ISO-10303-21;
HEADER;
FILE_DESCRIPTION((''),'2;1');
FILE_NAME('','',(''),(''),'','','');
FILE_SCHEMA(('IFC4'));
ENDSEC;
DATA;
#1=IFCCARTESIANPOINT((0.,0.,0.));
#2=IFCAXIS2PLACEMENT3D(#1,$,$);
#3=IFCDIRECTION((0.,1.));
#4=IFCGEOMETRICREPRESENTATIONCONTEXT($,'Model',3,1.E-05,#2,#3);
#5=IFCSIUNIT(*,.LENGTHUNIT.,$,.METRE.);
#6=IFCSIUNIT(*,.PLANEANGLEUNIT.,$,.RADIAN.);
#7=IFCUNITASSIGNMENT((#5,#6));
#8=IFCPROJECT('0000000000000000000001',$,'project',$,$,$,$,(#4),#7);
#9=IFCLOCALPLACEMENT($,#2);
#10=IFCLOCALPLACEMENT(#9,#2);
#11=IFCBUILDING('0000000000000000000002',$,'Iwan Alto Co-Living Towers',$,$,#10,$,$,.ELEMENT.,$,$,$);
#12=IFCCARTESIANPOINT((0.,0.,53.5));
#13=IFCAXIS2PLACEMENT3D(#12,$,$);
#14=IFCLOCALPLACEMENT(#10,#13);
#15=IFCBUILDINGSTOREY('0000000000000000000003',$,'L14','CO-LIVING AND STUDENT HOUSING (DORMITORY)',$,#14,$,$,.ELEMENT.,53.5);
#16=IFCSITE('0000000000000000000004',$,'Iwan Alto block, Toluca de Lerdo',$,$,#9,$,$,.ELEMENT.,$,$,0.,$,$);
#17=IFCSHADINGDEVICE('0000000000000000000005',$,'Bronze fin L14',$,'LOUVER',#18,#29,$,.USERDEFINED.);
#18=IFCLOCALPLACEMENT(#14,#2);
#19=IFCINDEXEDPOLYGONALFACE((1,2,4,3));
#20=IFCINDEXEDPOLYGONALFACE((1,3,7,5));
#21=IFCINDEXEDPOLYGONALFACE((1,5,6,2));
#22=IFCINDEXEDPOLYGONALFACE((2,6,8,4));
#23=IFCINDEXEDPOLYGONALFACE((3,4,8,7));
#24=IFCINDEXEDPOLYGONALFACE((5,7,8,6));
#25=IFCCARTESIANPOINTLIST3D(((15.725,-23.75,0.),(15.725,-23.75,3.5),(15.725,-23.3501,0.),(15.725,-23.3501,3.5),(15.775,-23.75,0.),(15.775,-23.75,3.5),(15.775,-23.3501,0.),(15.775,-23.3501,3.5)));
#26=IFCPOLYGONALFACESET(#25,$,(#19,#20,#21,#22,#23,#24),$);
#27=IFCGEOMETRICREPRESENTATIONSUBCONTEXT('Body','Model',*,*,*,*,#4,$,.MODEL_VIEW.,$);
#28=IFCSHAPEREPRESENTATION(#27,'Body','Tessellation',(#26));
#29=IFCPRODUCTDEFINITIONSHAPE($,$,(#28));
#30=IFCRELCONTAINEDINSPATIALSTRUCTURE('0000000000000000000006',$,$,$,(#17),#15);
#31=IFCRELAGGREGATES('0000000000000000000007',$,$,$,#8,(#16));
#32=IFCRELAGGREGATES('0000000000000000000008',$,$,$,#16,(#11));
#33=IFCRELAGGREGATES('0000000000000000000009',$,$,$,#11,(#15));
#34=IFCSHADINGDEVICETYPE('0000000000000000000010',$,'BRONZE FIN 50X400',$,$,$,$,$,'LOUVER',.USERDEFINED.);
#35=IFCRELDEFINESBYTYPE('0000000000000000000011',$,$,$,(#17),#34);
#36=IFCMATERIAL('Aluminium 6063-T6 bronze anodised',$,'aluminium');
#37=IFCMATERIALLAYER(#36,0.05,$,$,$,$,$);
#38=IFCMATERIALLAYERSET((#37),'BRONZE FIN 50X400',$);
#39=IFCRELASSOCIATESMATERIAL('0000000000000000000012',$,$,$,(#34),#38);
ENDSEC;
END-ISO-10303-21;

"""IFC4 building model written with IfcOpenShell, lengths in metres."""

from ifc_helpers import new_model, si_unit, direction, frame, origin, origin_2d, place, context, subcontext, project, spatial, rectangle, extrude, material, layer, layer_set, type_object, element, save


model = new_model("IFC4")

# Units and contexts
model_context = context("Model", 3, precision=1e-05, world=origin(), true_north=direction((0.0, 1.0)))
body_context = subcontext(model_context, "Body", "Model", "MODEL_VIEW")
ifc_project = project(units=[si_unit("LENGTHUNIT", "METRE"), si_unit("PLANEANGLEUNIT", "RADIAN")], contexts=[model_context])

# Site, building, storey
site_placement = place(None, origin())
site = spatial("IfcSite", under=ifc_project, at=site_placement, Name="Iwan Alto block, Toluca de Lerdo", CompositionType="ELEMENT", RefElevation=0.0)
building_placement = place(site_placement, origin())
building = spatial("IfcBuilding", under=site, at=building_placement, Name="Iwan Alto Co-Living Towers", CompositionType="ELEMENT")
storey_placement = place(building_placement, frame((0.0, 0.0, 53.5)))
storey = spatial("IfcBuildingStorey", under=building, at=storey_placement, Name="L14", Description="CO-LIVING AND STUDENT HOUSING (DORMITORY)", CompositionType="ELEMENT", Elevation=53.5)

# Shading device
ifc_material_1 = material(Name="Aluminium 6063-T6 bronze anodised", Category="aluminium")
ifc_layer_1 = layer(ifc_material_1, 0.05)
ifc_layer_set_1 = layer_set([ifc_layer_1], Name="BRONZE FIN 50X400")
shading_device_type = type_object("IfcShadingDeviceType", Name="BRONZE FIN 50X400", ElementType="LOUVER", PredefinedType="USERDEFINED", material=ifc_layer_set_1)
shading_device_placement = place(storey_placement, frame((15.75, -23.55, 0.0), z_axis=(0.0, 0.0, 1.0), x_axis=(1.0, 0.0, 0.0)))
element("IfcShadingDevice", 1, at=shading_device_placement, inside=storey, type_object=shading_device_type, Name="Bronze fin L14", ObjectType="LOUVER", PredefinedType="USERDEFINED", context=body_context, shape_type="SweptSolid", body=[
    extrude(rectangle(XDim=0.05, YDim=0.3999, at=origin_2d()), origin(), (0.0, 0.0, 1.0), 3.5),
])

save(model, "model.ifc")
